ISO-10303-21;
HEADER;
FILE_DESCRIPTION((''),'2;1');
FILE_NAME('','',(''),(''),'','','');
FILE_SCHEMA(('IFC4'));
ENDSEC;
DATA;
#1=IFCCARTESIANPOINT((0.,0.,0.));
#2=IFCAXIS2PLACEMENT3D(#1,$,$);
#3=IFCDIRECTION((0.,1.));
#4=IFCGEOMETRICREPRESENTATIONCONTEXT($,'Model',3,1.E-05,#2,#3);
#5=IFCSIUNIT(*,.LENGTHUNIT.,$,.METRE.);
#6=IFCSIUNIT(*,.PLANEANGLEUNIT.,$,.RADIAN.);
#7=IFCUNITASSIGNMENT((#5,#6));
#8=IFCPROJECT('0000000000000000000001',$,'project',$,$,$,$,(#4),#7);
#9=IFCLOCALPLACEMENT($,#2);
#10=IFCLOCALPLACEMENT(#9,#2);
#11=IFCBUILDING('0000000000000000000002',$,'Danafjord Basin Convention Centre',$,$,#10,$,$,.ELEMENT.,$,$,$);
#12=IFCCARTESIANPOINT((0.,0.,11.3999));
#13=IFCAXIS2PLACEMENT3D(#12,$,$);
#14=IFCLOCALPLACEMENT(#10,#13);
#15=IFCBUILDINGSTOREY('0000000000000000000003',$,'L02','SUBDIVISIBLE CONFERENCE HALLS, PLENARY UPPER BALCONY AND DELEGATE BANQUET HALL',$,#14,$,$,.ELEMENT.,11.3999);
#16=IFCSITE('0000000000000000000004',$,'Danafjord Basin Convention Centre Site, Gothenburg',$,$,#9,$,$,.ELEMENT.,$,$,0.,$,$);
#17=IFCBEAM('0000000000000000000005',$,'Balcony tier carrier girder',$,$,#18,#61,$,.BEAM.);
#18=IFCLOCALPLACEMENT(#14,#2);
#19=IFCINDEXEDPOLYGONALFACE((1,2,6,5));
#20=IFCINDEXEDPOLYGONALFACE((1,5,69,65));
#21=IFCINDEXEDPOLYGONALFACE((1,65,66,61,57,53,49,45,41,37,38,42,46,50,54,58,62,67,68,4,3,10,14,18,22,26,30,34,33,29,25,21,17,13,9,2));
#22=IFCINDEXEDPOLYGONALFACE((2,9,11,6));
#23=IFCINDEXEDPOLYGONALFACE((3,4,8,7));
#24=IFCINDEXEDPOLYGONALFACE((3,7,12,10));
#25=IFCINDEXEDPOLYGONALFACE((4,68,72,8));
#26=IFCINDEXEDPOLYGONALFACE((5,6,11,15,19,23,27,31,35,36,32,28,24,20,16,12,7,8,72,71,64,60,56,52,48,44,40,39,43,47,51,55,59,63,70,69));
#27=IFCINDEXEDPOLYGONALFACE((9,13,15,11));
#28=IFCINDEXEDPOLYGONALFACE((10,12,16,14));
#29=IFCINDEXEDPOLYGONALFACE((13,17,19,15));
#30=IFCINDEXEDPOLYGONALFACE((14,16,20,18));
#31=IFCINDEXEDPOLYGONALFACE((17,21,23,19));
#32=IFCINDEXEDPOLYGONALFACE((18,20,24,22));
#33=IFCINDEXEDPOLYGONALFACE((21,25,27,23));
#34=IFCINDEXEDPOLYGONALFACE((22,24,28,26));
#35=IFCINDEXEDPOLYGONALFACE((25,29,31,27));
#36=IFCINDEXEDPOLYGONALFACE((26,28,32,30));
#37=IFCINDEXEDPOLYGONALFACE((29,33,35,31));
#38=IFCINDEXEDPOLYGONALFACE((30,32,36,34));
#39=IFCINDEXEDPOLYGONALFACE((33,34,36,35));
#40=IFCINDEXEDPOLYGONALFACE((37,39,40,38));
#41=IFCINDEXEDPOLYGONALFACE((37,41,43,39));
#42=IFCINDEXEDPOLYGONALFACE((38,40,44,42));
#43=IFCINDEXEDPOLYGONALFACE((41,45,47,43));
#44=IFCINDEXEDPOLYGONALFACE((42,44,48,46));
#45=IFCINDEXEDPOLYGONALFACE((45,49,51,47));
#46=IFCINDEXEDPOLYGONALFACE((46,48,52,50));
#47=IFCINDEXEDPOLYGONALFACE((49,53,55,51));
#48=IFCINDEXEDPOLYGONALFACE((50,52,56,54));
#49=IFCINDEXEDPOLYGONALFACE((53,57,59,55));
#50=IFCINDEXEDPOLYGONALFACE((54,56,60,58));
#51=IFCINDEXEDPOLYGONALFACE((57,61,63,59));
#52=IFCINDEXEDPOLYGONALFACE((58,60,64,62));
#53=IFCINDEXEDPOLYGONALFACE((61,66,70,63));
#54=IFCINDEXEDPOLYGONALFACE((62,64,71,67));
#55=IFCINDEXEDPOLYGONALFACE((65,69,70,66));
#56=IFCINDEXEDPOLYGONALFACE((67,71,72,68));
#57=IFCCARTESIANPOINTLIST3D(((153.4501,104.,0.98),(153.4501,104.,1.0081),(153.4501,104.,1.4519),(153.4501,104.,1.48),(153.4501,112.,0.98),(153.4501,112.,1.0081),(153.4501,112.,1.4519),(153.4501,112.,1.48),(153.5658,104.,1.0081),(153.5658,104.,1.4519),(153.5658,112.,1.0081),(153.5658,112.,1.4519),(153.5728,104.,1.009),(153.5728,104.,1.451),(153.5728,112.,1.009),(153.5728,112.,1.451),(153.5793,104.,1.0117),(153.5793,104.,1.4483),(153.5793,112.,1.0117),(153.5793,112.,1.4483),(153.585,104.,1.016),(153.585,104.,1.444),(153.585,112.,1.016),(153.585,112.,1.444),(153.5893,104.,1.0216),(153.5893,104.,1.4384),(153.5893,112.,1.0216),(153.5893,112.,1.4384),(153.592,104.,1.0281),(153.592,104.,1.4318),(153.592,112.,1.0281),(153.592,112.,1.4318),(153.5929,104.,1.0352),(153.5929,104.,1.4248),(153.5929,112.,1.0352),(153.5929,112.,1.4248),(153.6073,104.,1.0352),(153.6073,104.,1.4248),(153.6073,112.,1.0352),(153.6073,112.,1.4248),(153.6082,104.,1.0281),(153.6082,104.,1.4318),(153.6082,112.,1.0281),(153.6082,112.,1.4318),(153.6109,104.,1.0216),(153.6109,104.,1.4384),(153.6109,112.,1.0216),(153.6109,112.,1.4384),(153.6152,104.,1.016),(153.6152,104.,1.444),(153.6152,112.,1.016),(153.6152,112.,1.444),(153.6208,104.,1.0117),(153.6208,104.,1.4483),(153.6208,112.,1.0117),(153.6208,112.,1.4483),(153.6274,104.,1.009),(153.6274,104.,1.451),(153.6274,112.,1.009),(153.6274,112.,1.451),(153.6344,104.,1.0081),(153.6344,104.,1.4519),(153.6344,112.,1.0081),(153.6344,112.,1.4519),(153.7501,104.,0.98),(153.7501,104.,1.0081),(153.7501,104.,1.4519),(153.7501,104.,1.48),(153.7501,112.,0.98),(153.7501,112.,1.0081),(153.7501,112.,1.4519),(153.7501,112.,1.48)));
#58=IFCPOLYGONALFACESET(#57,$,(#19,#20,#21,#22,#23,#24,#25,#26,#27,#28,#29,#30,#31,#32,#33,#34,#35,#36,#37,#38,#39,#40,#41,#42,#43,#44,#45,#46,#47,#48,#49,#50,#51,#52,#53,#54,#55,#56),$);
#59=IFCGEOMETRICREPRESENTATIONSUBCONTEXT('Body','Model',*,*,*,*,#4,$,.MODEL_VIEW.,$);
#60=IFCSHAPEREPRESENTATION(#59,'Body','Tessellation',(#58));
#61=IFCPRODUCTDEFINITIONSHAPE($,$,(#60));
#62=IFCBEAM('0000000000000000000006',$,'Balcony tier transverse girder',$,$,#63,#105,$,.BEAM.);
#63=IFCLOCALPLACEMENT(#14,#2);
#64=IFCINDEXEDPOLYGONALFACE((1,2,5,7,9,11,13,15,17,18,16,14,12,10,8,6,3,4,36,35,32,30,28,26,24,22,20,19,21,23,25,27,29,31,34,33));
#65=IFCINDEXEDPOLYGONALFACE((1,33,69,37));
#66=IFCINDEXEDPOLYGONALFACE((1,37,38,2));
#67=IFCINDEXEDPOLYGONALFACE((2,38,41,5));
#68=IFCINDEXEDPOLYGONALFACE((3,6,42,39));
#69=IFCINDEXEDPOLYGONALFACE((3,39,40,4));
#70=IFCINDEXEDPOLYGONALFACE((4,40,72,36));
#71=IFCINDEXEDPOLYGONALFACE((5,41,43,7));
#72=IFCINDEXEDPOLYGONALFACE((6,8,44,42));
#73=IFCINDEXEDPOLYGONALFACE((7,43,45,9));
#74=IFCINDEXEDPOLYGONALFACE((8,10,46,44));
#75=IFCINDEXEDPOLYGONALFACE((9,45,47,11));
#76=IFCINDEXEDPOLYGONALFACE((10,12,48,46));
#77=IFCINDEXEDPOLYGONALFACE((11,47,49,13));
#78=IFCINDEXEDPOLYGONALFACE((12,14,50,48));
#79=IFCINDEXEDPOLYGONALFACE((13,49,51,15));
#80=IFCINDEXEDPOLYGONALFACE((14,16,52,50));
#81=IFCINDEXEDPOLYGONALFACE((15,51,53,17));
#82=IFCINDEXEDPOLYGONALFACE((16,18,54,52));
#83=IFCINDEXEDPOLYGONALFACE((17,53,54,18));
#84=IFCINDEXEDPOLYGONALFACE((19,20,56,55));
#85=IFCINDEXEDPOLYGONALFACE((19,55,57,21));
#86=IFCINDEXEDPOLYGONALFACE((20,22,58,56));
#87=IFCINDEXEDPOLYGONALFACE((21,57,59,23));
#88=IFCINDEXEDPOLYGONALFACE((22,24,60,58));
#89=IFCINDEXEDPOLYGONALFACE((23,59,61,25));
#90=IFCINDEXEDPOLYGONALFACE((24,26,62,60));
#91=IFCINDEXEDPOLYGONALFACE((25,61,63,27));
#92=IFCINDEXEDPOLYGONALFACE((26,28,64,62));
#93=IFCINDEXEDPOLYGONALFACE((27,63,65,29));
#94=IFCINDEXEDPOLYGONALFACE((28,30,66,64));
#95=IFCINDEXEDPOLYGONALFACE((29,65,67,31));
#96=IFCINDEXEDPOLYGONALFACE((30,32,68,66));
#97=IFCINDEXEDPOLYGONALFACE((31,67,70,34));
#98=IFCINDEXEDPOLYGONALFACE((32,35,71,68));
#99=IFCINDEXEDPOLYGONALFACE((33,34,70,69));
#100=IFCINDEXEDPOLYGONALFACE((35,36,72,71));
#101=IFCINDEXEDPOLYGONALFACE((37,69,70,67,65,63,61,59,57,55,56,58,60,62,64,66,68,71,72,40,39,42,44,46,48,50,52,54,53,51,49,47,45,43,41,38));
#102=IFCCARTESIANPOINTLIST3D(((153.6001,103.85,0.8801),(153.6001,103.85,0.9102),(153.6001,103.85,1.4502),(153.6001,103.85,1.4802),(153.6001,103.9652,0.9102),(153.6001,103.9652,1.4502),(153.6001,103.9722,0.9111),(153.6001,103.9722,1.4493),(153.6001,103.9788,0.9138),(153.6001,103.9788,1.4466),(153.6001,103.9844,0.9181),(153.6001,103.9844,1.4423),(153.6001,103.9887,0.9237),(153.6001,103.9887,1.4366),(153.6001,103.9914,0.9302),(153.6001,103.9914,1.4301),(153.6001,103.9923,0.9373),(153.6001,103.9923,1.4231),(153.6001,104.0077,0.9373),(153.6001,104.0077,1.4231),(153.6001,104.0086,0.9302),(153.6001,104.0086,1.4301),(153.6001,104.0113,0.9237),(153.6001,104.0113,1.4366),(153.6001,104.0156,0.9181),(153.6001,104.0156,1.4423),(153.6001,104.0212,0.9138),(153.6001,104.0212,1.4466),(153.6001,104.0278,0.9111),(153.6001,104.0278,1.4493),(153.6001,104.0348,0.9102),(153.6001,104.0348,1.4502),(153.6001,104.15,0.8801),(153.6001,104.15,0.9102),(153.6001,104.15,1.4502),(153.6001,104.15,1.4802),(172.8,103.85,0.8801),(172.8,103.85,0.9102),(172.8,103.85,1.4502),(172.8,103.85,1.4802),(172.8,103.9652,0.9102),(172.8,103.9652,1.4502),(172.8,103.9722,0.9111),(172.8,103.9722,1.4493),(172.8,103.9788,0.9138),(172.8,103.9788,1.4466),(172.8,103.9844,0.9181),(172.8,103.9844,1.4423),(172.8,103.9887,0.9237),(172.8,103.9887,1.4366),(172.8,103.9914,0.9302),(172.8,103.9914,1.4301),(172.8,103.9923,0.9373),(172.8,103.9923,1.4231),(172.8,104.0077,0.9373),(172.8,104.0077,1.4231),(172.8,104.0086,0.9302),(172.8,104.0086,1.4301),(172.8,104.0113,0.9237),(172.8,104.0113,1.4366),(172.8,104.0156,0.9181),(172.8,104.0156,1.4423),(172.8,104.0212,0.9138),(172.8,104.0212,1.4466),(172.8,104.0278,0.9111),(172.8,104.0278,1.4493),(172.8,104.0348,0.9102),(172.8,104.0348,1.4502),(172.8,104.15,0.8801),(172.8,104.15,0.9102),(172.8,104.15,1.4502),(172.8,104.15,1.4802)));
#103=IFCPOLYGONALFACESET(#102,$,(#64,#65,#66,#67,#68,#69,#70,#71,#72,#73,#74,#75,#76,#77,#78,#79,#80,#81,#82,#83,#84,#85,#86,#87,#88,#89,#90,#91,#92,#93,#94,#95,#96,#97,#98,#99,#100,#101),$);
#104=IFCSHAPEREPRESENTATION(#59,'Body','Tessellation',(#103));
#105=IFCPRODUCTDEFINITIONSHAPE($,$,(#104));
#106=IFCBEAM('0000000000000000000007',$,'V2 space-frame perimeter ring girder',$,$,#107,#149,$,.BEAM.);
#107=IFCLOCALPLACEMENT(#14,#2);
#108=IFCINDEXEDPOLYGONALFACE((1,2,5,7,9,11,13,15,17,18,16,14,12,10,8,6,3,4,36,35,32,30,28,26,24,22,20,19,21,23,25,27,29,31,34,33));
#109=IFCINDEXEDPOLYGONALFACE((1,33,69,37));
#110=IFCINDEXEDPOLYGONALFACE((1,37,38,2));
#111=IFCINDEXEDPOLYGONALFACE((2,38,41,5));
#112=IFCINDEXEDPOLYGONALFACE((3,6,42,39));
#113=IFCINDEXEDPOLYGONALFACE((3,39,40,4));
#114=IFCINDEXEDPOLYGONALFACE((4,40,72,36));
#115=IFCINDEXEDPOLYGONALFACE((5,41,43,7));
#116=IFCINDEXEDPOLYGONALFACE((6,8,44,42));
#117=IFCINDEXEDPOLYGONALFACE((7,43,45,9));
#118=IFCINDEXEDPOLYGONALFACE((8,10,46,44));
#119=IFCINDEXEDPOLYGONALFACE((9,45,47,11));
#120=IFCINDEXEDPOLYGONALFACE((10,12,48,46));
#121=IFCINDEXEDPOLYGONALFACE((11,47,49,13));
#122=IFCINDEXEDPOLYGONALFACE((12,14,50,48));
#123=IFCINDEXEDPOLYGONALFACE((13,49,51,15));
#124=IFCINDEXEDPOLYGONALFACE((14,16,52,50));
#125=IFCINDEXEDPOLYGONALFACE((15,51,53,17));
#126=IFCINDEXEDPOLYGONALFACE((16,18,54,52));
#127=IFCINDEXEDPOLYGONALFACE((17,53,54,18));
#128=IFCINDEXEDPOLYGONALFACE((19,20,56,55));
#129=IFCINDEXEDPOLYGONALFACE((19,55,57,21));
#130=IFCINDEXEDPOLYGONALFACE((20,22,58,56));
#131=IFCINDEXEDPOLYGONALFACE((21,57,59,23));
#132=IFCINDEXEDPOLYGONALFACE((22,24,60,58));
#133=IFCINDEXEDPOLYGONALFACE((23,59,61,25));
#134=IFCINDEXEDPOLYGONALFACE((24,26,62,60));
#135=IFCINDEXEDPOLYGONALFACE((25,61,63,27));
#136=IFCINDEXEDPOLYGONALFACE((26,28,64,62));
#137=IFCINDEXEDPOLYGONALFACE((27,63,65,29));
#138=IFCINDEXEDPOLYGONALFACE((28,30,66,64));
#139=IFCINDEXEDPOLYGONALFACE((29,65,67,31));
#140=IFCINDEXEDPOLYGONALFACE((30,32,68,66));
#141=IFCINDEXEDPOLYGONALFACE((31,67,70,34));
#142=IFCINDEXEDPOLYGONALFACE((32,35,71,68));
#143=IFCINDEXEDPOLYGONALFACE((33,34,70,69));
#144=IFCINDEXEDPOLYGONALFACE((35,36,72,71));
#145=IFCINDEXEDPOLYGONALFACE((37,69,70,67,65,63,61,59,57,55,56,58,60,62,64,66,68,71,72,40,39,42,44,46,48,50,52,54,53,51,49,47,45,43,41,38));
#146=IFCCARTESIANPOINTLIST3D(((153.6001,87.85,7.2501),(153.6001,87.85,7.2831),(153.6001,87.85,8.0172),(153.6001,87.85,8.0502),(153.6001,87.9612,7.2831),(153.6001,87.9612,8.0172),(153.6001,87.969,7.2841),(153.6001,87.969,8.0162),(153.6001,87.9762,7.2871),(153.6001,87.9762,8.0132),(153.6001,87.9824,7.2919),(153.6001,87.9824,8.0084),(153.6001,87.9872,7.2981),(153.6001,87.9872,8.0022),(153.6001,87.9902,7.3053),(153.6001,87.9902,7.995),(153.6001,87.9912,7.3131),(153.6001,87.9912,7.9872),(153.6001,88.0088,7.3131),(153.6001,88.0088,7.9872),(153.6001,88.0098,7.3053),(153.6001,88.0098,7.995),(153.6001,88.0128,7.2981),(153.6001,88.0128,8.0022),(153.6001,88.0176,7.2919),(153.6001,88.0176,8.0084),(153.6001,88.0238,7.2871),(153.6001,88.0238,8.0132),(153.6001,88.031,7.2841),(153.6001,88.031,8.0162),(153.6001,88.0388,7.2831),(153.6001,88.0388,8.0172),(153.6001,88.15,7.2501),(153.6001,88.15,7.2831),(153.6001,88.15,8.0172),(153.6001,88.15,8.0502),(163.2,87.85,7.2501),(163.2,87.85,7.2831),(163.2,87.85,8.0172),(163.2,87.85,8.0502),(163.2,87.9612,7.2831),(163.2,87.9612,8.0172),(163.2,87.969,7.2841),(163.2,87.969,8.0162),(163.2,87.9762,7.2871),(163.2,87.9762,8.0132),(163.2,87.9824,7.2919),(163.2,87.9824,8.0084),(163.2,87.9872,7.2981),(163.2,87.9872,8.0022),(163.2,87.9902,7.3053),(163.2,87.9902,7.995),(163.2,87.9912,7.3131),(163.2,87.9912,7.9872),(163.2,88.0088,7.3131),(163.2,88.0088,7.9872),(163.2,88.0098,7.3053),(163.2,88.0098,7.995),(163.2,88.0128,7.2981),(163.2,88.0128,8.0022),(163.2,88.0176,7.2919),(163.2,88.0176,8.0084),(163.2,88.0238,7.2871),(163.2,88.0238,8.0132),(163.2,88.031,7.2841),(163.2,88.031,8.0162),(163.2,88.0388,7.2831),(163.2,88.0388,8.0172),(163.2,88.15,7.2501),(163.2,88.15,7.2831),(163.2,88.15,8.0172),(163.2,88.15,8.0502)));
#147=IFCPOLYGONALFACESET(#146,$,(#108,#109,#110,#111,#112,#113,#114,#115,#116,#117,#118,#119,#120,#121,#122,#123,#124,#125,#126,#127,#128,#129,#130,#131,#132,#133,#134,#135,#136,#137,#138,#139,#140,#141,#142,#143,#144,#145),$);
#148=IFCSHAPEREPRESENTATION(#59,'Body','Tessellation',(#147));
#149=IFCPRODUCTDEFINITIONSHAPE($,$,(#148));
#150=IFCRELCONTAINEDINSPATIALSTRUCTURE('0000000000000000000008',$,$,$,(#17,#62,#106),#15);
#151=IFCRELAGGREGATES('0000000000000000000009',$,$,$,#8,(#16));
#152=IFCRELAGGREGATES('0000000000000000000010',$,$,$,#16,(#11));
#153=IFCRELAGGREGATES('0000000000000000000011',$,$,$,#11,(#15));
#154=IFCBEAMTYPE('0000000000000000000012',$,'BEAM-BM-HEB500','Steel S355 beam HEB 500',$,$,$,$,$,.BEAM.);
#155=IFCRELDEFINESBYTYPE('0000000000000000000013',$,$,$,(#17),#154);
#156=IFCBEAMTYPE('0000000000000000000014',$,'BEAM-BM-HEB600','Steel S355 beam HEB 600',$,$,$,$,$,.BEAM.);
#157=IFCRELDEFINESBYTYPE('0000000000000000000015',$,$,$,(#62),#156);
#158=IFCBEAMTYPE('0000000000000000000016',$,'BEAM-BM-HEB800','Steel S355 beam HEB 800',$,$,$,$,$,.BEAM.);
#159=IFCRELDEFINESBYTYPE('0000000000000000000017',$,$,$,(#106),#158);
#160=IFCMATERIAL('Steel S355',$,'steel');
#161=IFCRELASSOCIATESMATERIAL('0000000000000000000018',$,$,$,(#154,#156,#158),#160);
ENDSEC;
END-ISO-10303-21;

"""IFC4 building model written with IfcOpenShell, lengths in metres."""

from ifc_helpers import new_model, si_unit, direction, frame, origin, origin_2d, place, context, subcontext, project, spatial, i_section, extrude, material, material_profile, profile_set, type_object, element, save


model = new_model("IFC4")

# Units and contexts
model_context = context("Model", 3, precision=1e-05, world=origin(), true_north=direction((0.0, 1.0)))
body_context = subcontext(model_context, "Body", "Model", "MODEL_VIEW")
ifc_project = project(units=[si_unit("LENGTHUNIT", "METRE"), si_unit("PLANEANGLEUNIT", "RADIAN")], contexts=[model_context])

# Site, building, storey
site_placement = place(None, origin())
site = spatial("IfcSite", under=ifc_project, at=site_placement, Name="Danafjord Basin Convention Centre Site, Gothenburg", CompositionType="ELEMENT", RefElevation=0.0)
building_placement = place(site_placement, origin())
building = spatial("IfcBuilding", under=site, at=building_placement, Name="Danafjord Basin Convention Centre", CompositionType="ELEMENT")
storey_placement = place(building_placement, frame((0.0, 0.0, 11.3999)))
storey = spatial("IfcBuildingStorey", under=building, at=storey_placement, Name="L02", Description="SUBDIVISIBLE CONFERENCE HALLS, PLENARY UPPER BALCONY AND DELEGATE BANQUET HALL", CompositionType="ELEMENT", Elevation=11.3999)

# Beams
ifc_material = material(Name="Steel S355", Category="steel")
ifc_material_profile_1 = material_profile(ifc_material, i_section(OverallWidth=0.3, OverallDepth=0.5, WebThickness=0.0144, FlangeThickness=0.0281, FilletRadius=0.0271, at=origin_2d()), Name="HEB 500")
ifc_profile_set_1 = profile_set([ifc_material_profile_1], Name="Steel S355")
beam_type_1 = type_object("IfcBeamType", Name="BEAM-BM-HEB500", Description="Steel S355 beam HEB 500", PredefinedType="BEAM", material=ifc_profile_set_1)
beam_1_placement = place(storey_placement, frame((153.6001, 104.0, 1.23), z_axis=(0.0, 1.0, 0.0), x_axis=(-1.0, 0.0, 0.0)))
element("IfcBeam", 1, at=beam_1_placement, inside=storey, type_object=beam_type_1, Name="Balcony tier carrier girder", PredefinedType="BEAM", context=body_context, shape_type="SweptSolid", body=[
    extrude(i_section(OverallWidth=0.3, OverallDepth=0.5, WebThickness=0.0144, FlangeThickness=0.0281, FilletRadius=0.0271, at=origin_2d()), origin(), (0.0, 0.0, 1.0), 8.0),
])
ifc_material_profile_2 = material_profile(ifc_material, i_section(OverallWidth=0.3, OverallDepth=0.6001, WebThickness=0.0154, FlangeThickness=0.03, FilletRadius=0.0271, at=origin_2d()), Name="HEB 600")
ifc_profile_set_2 = profile_set([ifc_material_profile_2], Name="Steel S355")
beam_type_2 = type_object("IfcBeamType", Name="BEAM-BM-HEB600", Description="Steel S355 beam HEB 600", PredefinedType="BEAM", material=ifc_profile_set_2)
beam_2_placement = place(storey_placement, frame((153.6001, 104.0, 1.1802), z_axis=(1.0, 0.0, 0.0), x_axis=(0.0, 1.0, 0.0)))
element("IfcBeam", 2, at=beam_2_placement, inside=storey, type_object=beam_type_2, Name="Balcony tier transverse girder", PredefinedType="BEAM", context=body_context, shape_type="SweptSolid", body=[
    extrude(i_section(OverallWidth=0.3, OverallDepth=0.6001, WebThickness=0.0154, FlangeThickness=0.03, FilletRadius=0.0271, at=origin_2d()), origin(), (0.0, 0.0, 1.0), 19.2),
])
ifc_material_profile_3 = material_profile(ifc_material, i_section(OverallWidth=0.3, OverallDepth=0.8, WebThickness=0.0176, FlangeThickness=0.033, FilletRadius=0.03, at=origin_2d()), Name="HEB 800")
ifc_profile_set_3 = profile_set([ifc_material_profile_3], Name="Steel S355")
beam_type_3 = type_object("IfcBeamType", Name="BEAM-BM-HEB800", Description="Steel S355 beam HEB 800", PredefinedType="BEAM", material=ifc_profile_set_3)
beam_3_placement = place(storey_placement, frame((153.6001, 88.0, 7.6501), z_axis=(1.0, 0.0, 0.0), x_axis=(0.0, 1.0, 0.0)))
element("IfcBeam", 3, at=beam_3_placement, inside=storey, type_object=beam_type_3, Name="V2 space-frame perimeter ring girder", PredefinedType="BEAM", context=body_context, shape_type="SweptSolid", body=[
    extrude(i_section(OverallWidth=0.3, OverallDepth=0.8, WebThickness=0.0176, FlangeThickness=0.033, FilletRadius=0.03, at=origin_2d()), origin(), (0.0, 0.0, 1.0), 9.5999),
])

save(model, "model.ifc")
